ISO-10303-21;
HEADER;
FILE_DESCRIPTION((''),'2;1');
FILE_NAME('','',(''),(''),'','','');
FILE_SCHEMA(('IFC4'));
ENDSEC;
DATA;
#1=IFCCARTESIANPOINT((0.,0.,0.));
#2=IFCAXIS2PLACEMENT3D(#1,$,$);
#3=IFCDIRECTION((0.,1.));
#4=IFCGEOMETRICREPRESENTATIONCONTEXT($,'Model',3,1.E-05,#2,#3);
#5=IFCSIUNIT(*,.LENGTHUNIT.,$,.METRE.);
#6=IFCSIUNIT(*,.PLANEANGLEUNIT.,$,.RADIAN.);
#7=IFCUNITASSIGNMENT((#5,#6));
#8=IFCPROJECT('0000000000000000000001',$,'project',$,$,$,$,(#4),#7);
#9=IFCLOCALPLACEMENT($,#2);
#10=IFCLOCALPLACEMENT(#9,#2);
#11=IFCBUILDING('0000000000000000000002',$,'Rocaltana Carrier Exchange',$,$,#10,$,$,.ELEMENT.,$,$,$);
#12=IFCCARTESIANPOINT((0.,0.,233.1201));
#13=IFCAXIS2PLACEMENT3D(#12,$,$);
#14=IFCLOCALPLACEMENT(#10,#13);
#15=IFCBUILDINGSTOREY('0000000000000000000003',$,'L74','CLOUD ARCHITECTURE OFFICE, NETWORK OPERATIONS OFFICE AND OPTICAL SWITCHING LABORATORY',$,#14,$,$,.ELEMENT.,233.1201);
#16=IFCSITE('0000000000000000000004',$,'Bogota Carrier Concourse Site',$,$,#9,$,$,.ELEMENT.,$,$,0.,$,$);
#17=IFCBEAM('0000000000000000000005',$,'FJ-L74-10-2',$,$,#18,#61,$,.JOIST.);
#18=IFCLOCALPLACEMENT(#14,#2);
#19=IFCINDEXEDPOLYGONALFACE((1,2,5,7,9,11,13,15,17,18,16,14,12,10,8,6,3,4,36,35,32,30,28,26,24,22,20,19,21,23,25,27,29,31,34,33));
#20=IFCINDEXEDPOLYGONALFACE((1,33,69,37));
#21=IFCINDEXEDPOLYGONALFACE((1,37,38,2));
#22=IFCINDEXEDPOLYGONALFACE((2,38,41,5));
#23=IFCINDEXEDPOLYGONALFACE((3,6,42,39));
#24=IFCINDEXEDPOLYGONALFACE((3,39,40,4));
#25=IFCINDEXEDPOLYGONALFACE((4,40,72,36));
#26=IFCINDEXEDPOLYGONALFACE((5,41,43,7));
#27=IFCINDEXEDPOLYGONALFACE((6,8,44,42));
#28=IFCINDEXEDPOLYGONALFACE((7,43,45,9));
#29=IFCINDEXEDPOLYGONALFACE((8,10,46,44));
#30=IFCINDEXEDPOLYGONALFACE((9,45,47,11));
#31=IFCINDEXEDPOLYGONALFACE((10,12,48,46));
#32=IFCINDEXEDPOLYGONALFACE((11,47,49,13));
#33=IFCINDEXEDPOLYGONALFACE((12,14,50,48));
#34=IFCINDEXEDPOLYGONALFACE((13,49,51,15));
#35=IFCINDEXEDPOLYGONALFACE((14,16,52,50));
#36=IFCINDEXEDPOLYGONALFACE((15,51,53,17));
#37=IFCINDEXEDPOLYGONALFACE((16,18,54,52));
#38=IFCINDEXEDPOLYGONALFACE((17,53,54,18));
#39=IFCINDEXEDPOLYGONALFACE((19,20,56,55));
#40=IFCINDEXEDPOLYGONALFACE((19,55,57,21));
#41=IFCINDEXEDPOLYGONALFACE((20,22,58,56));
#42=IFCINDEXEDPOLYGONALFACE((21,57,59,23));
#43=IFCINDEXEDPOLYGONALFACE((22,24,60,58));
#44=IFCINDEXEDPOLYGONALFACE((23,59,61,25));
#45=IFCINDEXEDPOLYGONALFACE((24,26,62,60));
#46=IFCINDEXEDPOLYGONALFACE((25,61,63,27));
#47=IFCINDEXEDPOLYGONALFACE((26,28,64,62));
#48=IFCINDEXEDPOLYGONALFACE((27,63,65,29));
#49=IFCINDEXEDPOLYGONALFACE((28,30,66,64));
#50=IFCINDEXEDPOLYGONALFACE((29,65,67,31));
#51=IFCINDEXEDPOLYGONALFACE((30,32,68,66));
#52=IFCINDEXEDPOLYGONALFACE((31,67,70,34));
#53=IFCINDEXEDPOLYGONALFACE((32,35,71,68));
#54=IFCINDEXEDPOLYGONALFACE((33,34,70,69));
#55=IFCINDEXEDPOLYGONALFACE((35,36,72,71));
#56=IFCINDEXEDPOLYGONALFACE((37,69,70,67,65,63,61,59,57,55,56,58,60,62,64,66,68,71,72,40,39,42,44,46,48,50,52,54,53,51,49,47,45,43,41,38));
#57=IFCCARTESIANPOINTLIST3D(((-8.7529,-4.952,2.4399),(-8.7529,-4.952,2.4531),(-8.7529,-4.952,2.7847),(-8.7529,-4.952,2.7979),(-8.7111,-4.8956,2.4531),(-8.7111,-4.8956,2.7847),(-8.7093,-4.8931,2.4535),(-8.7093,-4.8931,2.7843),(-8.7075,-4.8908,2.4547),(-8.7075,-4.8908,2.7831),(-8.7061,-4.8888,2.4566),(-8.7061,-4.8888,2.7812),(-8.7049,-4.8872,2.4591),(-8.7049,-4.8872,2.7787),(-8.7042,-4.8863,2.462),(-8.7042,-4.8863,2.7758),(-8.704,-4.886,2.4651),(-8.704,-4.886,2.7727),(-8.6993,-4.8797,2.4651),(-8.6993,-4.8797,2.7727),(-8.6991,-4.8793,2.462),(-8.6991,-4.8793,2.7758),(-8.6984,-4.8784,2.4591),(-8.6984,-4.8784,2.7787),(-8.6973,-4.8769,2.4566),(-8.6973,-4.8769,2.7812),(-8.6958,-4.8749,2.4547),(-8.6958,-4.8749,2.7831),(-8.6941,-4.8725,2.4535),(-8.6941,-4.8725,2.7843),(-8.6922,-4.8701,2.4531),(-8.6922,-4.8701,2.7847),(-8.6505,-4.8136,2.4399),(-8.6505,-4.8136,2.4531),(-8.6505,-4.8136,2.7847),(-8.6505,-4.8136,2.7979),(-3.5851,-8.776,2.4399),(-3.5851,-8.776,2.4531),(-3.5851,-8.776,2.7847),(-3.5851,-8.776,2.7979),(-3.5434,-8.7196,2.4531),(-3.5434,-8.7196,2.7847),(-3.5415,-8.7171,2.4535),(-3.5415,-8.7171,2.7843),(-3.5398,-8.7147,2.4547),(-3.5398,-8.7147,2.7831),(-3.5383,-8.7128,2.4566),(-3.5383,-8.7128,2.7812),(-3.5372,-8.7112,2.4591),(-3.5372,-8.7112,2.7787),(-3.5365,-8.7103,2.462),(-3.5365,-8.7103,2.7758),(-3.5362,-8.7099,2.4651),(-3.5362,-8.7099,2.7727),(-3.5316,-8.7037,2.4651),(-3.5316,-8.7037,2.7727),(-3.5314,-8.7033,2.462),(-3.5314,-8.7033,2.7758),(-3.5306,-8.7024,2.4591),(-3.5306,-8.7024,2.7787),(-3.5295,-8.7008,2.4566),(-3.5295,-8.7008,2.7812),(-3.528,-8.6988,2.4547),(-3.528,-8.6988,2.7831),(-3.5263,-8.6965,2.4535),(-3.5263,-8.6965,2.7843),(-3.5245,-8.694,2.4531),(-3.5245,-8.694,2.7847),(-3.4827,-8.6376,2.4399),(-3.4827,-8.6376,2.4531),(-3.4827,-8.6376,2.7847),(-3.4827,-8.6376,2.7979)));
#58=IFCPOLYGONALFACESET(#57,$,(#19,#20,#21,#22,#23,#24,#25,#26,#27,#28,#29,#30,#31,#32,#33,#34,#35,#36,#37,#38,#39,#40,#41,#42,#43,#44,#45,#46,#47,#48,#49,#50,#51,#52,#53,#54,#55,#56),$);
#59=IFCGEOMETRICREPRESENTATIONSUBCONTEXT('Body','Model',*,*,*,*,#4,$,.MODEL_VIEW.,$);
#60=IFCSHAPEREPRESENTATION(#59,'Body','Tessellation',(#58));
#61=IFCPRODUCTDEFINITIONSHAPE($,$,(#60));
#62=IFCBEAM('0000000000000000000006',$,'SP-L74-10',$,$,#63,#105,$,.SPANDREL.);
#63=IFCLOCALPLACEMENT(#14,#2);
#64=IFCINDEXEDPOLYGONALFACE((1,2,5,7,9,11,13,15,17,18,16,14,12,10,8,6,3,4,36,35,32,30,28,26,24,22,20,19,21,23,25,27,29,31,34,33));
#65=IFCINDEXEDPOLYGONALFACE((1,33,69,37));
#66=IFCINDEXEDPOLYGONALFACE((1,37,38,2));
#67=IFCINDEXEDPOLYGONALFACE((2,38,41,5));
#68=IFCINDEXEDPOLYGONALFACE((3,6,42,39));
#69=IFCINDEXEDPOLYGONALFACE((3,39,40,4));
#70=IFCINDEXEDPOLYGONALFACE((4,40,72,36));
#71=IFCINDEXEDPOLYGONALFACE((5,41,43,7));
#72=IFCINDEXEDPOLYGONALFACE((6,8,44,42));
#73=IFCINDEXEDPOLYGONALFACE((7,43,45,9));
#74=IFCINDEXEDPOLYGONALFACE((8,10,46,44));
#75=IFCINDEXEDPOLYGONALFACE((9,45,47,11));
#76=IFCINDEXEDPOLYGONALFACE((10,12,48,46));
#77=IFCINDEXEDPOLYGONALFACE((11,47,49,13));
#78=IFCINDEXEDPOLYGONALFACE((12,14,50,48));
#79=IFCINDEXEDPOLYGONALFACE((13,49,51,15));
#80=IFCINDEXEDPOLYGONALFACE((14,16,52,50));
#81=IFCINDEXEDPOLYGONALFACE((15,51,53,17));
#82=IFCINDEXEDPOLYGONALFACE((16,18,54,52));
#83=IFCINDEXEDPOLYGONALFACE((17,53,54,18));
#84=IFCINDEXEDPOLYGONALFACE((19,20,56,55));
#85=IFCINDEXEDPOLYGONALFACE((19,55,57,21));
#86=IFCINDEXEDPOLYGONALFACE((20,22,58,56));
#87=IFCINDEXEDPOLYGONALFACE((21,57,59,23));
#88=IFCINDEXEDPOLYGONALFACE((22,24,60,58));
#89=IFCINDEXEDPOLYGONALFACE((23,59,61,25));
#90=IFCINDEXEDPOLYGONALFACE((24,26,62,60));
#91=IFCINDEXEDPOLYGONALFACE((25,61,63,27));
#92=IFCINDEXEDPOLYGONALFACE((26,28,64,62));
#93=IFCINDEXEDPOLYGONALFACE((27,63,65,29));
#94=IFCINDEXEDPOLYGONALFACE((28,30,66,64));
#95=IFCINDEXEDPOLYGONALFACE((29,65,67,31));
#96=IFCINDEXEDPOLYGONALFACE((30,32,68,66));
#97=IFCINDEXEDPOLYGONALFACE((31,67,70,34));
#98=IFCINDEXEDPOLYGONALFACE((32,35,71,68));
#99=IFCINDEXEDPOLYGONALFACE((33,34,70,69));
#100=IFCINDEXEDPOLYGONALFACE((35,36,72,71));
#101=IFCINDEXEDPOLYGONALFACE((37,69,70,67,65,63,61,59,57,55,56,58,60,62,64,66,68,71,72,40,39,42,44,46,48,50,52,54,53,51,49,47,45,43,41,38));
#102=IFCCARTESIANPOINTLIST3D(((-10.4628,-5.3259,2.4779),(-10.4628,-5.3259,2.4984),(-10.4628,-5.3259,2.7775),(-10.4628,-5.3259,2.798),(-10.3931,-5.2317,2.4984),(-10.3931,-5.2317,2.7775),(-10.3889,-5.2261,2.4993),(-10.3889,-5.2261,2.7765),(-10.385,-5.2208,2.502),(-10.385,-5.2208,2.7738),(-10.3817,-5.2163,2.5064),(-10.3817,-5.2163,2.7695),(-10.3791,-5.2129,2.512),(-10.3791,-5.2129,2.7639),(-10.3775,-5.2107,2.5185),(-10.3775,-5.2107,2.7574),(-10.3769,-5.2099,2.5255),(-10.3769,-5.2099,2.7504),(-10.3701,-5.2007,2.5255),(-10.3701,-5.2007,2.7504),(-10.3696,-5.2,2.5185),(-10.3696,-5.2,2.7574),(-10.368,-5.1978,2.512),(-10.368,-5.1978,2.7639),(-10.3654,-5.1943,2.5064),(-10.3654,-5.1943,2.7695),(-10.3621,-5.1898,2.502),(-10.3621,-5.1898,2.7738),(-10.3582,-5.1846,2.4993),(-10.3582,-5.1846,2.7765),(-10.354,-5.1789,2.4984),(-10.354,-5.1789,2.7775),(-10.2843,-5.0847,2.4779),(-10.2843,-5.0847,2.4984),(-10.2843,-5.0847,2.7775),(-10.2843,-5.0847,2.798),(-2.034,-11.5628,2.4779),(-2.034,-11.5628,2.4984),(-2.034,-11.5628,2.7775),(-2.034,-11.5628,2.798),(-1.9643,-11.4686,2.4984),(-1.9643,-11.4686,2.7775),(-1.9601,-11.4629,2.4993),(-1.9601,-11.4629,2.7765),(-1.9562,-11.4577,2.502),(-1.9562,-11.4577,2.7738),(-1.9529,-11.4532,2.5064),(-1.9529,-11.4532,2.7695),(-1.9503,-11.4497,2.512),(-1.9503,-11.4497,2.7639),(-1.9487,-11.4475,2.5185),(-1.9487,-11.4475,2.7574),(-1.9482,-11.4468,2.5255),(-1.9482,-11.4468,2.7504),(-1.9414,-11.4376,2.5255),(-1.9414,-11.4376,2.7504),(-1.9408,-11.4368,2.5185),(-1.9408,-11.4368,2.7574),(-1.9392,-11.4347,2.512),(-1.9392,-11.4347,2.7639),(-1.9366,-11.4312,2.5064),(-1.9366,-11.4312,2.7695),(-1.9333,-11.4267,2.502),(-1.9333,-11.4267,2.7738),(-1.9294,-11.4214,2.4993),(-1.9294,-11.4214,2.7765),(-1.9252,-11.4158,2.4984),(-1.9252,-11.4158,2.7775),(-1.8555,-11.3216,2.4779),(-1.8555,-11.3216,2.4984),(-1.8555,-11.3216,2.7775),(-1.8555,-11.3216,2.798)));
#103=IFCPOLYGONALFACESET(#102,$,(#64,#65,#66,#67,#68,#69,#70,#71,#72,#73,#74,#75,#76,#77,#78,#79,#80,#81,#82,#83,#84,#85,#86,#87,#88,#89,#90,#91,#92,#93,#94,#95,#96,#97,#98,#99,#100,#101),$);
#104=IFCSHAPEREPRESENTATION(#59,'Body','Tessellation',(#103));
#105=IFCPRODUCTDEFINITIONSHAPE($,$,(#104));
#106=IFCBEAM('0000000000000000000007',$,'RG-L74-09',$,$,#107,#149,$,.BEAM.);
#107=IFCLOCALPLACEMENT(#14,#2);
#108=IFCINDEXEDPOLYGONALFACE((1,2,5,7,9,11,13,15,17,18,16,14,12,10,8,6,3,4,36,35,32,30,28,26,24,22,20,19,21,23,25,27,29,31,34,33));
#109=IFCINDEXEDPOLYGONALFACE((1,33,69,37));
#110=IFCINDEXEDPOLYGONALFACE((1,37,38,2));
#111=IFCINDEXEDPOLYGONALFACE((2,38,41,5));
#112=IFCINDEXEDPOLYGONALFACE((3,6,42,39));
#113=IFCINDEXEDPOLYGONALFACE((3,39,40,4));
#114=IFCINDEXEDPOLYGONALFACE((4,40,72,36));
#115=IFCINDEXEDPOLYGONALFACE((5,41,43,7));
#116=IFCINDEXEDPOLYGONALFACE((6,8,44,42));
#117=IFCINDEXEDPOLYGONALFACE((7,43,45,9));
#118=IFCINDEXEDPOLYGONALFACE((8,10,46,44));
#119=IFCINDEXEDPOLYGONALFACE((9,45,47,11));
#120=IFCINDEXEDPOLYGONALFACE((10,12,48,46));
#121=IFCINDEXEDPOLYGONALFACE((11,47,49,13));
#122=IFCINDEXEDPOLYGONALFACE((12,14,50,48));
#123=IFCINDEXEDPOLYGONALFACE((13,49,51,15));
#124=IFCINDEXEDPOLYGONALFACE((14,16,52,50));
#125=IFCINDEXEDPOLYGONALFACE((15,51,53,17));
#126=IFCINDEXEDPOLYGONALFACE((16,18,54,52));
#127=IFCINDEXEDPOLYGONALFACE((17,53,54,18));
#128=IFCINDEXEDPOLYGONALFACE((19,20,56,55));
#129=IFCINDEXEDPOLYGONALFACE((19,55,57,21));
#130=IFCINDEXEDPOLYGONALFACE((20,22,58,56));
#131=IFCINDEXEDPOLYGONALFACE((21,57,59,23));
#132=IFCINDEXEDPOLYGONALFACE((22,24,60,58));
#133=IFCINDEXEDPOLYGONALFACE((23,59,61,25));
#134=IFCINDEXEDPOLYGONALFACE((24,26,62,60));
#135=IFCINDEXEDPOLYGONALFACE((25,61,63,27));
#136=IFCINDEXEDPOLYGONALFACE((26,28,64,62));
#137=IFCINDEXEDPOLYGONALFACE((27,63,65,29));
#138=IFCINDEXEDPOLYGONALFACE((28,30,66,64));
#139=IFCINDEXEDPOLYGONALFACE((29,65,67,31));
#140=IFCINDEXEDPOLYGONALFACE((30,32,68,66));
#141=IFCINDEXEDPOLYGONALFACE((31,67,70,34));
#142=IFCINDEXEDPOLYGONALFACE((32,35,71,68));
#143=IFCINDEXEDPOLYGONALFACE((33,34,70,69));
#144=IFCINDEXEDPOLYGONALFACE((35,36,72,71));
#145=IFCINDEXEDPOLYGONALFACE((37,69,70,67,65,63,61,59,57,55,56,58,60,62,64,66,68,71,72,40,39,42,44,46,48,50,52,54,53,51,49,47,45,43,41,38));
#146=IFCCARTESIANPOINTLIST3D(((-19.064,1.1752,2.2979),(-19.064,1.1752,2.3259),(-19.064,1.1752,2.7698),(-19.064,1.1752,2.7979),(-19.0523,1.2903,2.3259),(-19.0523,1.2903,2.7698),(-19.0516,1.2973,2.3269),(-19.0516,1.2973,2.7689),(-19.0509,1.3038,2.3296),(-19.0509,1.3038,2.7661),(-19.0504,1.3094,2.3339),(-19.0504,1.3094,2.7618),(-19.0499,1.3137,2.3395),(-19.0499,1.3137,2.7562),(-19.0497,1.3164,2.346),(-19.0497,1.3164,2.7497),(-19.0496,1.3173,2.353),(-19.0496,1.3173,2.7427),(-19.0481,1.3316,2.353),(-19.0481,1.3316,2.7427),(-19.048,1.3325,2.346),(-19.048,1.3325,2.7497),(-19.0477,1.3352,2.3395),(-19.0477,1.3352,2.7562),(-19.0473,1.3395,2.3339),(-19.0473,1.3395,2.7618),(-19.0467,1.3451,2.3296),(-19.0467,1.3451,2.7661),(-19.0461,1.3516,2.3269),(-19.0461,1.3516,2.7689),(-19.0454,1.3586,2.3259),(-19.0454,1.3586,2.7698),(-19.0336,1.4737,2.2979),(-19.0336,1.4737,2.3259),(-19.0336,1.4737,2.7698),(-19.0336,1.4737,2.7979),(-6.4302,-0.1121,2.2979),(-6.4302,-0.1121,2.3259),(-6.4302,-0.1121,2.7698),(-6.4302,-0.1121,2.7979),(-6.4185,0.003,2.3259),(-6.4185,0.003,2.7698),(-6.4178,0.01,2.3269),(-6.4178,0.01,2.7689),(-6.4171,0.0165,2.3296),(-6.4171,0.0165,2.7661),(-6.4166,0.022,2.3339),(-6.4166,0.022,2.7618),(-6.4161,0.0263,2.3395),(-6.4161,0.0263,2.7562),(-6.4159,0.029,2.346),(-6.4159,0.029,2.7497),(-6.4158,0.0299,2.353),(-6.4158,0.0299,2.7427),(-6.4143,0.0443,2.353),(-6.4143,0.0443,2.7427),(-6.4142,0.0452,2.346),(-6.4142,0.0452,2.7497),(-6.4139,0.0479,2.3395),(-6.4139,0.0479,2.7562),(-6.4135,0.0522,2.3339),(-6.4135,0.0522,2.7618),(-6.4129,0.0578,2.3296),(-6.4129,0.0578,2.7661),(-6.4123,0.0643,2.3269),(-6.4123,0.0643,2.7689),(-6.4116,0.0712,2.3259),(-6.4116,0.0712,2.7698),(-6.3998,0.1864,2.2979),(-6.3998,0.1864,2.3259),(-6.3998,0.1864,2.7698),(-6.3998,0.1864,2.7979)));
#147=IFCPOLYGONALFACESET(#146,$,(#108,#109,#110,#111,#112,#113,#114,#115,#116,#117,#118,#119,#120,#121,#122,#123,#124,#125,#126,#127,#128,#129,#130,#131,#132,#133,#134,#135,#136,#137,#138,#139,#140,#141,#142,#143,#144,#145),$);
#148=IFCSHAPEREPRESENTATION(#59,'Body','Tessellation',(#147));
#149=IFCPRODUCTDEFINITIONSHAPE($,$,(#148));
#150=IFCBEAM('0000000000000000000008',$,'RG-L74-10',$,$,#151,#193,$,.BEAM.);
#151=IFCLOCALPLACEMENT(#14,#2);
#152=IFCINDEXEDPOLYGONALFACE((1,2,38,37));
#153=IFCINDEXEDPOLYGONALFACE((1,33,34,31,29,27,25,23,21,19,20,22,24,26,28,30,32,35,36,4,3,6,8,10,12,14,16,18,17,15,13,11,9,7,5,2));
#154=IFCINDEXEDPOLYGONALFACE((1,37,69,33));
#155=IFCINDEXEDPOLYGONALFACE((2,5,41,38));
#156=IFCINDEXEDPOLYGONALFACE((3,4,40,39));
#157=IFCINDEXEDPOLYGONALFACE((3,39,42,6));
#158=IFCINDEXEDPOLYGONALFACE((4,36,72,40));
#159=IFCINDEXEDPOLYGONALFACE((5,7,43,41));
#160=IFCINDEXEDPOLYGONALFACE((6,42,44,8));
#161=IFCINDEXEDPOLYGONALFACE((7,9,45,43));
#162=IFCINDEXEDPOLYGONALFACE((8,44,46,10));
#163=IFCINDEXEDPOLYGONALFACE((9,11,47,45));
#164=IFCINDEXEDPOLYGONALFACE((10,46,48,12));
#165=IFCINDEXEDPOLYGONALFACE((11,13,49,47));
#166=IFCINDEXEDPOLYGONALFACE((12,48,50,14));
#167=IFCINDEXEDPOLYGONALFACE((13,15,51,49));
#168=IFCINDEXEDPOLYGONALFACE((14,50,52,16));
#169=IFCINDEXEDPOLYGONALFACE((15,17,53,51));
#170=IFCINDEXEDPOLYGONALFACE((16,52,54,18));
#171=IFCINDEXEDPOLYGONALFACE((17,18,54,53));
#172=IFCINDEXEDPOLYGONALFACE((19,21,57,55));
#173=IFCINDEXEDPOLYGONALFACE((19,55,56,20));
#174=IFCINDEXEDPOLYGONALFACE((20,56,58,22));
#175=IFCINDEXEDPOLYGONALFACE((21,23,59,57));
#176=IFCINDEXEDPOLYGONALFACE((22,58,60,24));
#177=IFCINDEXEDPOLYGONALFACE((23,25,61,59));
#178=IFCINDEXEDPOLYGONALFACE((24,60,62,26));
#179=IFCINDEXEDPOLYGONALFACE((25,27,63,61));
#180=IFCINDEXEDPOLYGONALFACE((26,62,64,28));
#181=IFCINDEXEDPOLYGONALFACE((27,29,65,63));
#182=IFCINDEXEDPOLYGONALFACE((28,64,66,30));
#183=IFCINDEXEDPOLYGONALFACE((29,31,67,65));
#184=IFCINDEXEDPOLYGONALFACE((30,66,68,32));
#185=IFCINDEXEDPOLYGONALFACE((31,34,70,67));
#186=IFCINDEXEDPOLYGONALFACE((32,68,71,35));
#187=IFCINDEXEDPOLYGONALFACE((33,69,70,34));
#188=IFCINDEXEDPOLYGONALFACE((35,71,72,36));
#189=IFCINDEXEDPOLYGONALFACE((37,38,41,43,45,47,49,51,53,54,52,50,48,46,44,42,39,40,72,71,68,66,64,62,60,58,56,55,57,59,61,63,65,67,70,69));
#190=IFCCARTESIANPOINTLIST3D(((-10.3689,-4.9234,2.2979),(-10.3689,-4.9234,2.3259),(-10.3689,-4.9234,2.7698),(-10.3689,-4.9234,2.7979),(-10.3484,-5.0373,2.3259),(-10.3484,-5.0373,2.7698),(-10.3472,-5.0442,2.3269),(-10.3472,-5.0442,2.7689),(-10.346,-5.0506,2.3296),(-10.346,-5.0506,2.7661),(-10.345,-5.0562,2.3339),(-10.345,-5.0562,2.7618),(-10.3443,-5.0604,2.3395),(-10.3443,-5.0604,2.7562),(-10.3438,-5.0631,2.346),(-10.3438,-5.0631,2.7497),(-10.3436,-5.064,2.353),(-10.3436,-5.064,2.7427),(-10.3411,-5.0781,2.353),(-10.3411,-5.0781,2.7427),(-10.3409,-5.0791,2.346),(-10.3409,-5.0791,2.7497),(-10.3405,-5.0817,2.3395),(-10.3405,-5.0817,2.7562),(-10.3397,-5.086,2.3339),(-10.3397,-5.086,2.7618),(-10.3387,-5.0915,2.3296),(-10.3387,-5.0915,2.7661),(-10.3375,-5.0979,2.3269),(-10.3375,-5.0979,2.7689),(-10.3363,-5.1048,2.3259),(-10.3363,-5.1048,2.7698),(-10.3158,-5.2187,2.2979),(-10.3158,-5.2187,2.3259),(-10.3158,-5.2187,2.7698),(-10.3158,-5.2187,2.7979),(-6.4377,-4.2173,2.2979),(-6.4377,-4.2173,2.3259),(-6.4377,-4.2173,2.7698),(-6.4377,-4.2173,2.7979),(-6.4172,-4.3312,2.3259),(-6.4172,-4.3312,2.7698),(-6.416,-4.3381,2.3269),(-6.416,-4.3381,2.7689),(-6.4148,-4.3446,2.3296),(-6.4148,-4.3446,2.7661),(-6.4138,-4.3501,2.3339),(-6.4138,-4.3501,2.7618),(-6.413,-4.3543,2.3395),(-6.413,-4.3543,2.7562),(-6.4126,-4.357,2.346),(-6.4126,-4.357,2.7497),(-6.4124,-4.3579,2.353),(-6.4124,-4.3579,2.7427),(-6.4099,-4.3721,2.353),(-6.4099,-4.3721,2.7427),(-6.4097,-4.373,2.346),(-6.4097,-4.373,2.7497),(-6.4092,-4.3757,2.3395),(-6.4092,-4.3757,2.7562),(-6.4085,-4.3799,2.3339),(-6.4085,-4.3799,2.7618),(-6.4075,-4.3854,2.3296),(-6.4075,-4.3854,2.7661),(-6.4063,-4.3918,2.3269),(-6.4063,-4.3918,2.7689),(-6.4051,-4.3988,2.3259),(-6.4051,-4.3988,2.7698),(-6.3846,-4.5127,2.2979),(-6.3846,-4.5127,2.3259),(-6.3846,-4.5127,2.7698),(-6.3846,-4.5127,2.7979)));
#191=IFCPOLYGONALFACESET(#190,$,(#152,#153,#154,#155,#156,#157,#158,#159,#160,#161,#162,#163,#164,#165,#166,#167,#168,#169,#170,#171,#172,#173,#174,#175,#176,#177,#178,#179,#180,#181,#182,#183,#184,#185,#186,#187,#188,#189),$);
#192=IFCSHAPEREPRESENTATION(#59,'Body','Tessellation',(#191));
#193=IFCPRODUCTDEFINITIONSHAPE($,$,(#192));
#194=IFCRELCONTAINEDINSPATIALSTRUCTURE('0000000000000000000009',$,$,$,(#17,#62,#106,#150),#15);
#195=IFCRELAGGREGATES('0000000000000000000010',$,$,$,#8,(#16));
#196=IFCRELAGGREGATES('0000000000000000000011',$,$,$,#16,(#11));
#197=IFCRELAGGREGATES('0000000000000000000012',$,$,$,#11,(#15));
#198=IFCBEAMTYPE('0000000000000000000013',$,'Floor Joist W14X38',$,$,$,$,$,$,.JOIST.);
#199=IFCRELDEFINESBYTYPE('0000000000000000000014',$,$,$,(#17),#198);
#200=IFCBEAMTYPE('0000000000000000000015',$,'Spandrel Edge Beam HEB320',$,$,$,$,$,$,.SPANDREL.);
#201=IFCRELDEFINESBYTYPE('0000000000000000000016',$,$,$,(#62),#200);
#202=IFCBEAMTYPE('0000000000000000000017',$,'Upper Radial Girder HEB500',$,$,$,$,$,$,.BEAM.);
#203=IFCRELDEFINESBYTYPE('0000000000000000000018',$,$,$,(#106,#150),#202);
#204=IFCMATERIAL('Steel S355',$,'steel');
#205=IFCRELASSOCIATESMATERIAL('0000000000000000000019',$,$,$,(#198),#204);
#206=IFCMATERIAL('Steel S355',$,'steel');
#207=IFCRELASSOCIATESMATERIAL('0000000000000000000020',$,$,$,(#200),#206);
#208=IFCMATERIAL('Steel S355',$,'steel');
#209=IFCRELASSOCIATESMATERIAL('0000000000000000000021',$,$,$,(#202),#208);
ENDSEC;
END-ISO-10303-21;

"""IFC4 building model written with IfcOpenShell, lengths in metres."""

from ifc_helpers import new_model, si_unit, direction, frame, origin, origin_2d, place, context, subcontext, project, spatial, i_section, extrude, material, material_profile, profile_set, type_object, element, save


model = new_model("IFC4")

# Units and contexts
model_context = context("Model", 3, precision=1e-05, world=origin(), true_north=direction((0.0, 1.0)))
body_context = subcontext(model_context, "Body", "Model", "MODEL_VIEW")
ifc_project = project(units=[si_unit("LENGTHUNIT", "METRE"), si_unit("PLANEANGLEUNIT", "RADIAN")], contexts=[model_context])

# Site, building, storey
site_placement = place(None, origin())
site = spatial("IfcSite", under=ifc_project, at=site_placement, Name="Bogota Carrier Concourse Site", CompositionType="ELEMENT", RefElevation=0.0)
building_placement = place(site_placement, origin())
building = spatial("IfcBuilding", under=site, at=building_placement, Name="Rocaltana Carrier Exchange", CompositionType="ELEMENT")
storey_placement = place(building_placement, frame((0.0, 0.0, 233.1201)))
storey = spatial("IfcBuildingStorey", under=building, at=storey_placement, Name="L74", Description="CLOUD ARCHITECTURE OFFICE, NETWORK OPERATIONS OFFICE AND OPTICAL SWITCHING LABORATORY", CompositionType="ELEMENT", Elevation=233.1201)

# Beams
ifc_material_1 = material(Name="Steel S355", Category="steel")
ifc_material_profile_1 = material_profile(ifc_material_1, i_section(OverallWidth=0.1721, OverallDepth=0.3579, WebThickness=0.0078, FlangeThickness=0.0132, FilletRadius=0.012, at=origin_2d()), Name="W14X38")
ifc_profile_set_1 = profile_set([ifc_material_profile_1], Name="Steel S355")
beam_type_1 = type_object("IfcBeamType", Name="Floor Joist W14X38", PredefinedType="JOIST", material=ifc_profile_set_1)
beam_1_placement = place(storey_placement, frame((-8.7017, -4.8828, 2.6189), z_axis=(0.803852, -0.594829, 0.0), x_axis=(0.594829, 0.803852, 0.0)))
element("IfcBeam", 1, at=beam_1_placement, inside=storey, type_object=beam_type_1, Name="FJ-L74-10-2", PredefinedType="JOIST", context=body_context, shape_type="SweptSolid", body=[
    extrude(i_section(OverallWidth=0.1721, OverallDepth=0.3579, WebThickness=0.0078, FlangeThickness=0.0132, FilletRadius=0.012, at=origin_2d()), origin(), (0.0, 0.0, 1.0), 6.4287),
])
ifc_material_2 = material(Name="Steel S355", Category="steel")
ifc_material_profile_2 = material_profile(ifc_material_2, i_section(OverallWidth=0.3, OverallDepth=0.3201, WebThickness=0.0115, FlangeThickness=0.0205, FilletRadius=0.0271, at=origin_2d()), Name="HEB320")
ifc_profile_set_2 = profile_set([ifc_material_profile_2], Name="Steel S355")
beam_type_2 = type_object("IfcBeamType", Name="Spandrel Edge Beam HEB320", PredefinedType="SPANDREL", material=ifc_profile_set_2)
beam_2_placement = place(storey_placement, frame((-10.3735, -5.2053, 2.6379), z_axis=(0.803861, -0.594817, 0.0), x_axis=(0.594817, 0.803861, 0.0)))
element("IfcBeam", 2, at=beam_2_placement, inside=storey, type_object=beam_type_2, Name="SP-L74-10", PredefinedType="SPANDREL", context=body_context, shape_type="SweptSolid", body=[
    extrude(i_section(OverallWidth=0.3, OverallDepth=0.3201, WebThickness=0.0115, FlangeThickness=0.0205, FilletRadius=0.0271, at=origin_2d()), origin(), (0.0, 0.0, 1.0), 10.4854),
])
ifc_material_3 = material(Name="Steel S355", Category="steel")
ifc_material_profile_3 = material_profile(ifc_material_3, i_section(OverallWidth=0.3, OverallDepth=0.5, WebThickness=0.0144, FlangeThickness=0.0281, FilletRadius=0.0271, at=origin_2d()), Name="HEB500")
ifc_profile_set_3 = profile_set([ifc_material_profile_3], Name="Steel S355")
beam_type_3 = type_object("IfcBeamType", Name="Upper Radial Girder HEB500", PredefinedType="BEAM", material=ifc_profile_set_3)
beam_3_placement = place(storey_placement, frame((-6.415, 0.0371, 2.5479), z_axis=(-0.994849, 0.101373, 0.0), x_axis=(-0.101373, -0.994849, 0.0)))
element("IfcBeam", 3, at=beam_3_placement, inside=storey, type_object=beam_type_3, Name="RG-L74-09", PredefinedType="BEAM", context=body_context, shape_type="SweptSolid", body=[
    extrude(i_section(OverallWidth=0.3, OverallDepth=0.5, WebThickness=0.0144, FlangeThickness=0.0281, FilletRadius=0.0271, at=origin_2d()), origin(), (0.0, 0.0, 1.0), 12.6992),
])
beam_4_placement = place(storey_placement, frame((-6.4111, -4.365, 2.5479), z_axis=(-0.984251, -0.176776, 0.0), x_axis=(0.176776, -0.984251, 0.0)))
element("IfcBeam", 4, at=beam_4_placement, inside=storey, type_object=beam_type_3, Name="RG-L74-10", PredefinedType="BEAM", context=body_context, shape_type="SweptSolid", body=[
    extrude(i_section(OverallWidth=0.3, OverallDepth=0.5, WebThickness=0.0144, FlangeThickness=0.0281, FilletRadius=0.0271, at=origin_2d()), origin(), (0.0, 0.0, 1.0), 3.9941),
])

save(model, "model.ifc")
